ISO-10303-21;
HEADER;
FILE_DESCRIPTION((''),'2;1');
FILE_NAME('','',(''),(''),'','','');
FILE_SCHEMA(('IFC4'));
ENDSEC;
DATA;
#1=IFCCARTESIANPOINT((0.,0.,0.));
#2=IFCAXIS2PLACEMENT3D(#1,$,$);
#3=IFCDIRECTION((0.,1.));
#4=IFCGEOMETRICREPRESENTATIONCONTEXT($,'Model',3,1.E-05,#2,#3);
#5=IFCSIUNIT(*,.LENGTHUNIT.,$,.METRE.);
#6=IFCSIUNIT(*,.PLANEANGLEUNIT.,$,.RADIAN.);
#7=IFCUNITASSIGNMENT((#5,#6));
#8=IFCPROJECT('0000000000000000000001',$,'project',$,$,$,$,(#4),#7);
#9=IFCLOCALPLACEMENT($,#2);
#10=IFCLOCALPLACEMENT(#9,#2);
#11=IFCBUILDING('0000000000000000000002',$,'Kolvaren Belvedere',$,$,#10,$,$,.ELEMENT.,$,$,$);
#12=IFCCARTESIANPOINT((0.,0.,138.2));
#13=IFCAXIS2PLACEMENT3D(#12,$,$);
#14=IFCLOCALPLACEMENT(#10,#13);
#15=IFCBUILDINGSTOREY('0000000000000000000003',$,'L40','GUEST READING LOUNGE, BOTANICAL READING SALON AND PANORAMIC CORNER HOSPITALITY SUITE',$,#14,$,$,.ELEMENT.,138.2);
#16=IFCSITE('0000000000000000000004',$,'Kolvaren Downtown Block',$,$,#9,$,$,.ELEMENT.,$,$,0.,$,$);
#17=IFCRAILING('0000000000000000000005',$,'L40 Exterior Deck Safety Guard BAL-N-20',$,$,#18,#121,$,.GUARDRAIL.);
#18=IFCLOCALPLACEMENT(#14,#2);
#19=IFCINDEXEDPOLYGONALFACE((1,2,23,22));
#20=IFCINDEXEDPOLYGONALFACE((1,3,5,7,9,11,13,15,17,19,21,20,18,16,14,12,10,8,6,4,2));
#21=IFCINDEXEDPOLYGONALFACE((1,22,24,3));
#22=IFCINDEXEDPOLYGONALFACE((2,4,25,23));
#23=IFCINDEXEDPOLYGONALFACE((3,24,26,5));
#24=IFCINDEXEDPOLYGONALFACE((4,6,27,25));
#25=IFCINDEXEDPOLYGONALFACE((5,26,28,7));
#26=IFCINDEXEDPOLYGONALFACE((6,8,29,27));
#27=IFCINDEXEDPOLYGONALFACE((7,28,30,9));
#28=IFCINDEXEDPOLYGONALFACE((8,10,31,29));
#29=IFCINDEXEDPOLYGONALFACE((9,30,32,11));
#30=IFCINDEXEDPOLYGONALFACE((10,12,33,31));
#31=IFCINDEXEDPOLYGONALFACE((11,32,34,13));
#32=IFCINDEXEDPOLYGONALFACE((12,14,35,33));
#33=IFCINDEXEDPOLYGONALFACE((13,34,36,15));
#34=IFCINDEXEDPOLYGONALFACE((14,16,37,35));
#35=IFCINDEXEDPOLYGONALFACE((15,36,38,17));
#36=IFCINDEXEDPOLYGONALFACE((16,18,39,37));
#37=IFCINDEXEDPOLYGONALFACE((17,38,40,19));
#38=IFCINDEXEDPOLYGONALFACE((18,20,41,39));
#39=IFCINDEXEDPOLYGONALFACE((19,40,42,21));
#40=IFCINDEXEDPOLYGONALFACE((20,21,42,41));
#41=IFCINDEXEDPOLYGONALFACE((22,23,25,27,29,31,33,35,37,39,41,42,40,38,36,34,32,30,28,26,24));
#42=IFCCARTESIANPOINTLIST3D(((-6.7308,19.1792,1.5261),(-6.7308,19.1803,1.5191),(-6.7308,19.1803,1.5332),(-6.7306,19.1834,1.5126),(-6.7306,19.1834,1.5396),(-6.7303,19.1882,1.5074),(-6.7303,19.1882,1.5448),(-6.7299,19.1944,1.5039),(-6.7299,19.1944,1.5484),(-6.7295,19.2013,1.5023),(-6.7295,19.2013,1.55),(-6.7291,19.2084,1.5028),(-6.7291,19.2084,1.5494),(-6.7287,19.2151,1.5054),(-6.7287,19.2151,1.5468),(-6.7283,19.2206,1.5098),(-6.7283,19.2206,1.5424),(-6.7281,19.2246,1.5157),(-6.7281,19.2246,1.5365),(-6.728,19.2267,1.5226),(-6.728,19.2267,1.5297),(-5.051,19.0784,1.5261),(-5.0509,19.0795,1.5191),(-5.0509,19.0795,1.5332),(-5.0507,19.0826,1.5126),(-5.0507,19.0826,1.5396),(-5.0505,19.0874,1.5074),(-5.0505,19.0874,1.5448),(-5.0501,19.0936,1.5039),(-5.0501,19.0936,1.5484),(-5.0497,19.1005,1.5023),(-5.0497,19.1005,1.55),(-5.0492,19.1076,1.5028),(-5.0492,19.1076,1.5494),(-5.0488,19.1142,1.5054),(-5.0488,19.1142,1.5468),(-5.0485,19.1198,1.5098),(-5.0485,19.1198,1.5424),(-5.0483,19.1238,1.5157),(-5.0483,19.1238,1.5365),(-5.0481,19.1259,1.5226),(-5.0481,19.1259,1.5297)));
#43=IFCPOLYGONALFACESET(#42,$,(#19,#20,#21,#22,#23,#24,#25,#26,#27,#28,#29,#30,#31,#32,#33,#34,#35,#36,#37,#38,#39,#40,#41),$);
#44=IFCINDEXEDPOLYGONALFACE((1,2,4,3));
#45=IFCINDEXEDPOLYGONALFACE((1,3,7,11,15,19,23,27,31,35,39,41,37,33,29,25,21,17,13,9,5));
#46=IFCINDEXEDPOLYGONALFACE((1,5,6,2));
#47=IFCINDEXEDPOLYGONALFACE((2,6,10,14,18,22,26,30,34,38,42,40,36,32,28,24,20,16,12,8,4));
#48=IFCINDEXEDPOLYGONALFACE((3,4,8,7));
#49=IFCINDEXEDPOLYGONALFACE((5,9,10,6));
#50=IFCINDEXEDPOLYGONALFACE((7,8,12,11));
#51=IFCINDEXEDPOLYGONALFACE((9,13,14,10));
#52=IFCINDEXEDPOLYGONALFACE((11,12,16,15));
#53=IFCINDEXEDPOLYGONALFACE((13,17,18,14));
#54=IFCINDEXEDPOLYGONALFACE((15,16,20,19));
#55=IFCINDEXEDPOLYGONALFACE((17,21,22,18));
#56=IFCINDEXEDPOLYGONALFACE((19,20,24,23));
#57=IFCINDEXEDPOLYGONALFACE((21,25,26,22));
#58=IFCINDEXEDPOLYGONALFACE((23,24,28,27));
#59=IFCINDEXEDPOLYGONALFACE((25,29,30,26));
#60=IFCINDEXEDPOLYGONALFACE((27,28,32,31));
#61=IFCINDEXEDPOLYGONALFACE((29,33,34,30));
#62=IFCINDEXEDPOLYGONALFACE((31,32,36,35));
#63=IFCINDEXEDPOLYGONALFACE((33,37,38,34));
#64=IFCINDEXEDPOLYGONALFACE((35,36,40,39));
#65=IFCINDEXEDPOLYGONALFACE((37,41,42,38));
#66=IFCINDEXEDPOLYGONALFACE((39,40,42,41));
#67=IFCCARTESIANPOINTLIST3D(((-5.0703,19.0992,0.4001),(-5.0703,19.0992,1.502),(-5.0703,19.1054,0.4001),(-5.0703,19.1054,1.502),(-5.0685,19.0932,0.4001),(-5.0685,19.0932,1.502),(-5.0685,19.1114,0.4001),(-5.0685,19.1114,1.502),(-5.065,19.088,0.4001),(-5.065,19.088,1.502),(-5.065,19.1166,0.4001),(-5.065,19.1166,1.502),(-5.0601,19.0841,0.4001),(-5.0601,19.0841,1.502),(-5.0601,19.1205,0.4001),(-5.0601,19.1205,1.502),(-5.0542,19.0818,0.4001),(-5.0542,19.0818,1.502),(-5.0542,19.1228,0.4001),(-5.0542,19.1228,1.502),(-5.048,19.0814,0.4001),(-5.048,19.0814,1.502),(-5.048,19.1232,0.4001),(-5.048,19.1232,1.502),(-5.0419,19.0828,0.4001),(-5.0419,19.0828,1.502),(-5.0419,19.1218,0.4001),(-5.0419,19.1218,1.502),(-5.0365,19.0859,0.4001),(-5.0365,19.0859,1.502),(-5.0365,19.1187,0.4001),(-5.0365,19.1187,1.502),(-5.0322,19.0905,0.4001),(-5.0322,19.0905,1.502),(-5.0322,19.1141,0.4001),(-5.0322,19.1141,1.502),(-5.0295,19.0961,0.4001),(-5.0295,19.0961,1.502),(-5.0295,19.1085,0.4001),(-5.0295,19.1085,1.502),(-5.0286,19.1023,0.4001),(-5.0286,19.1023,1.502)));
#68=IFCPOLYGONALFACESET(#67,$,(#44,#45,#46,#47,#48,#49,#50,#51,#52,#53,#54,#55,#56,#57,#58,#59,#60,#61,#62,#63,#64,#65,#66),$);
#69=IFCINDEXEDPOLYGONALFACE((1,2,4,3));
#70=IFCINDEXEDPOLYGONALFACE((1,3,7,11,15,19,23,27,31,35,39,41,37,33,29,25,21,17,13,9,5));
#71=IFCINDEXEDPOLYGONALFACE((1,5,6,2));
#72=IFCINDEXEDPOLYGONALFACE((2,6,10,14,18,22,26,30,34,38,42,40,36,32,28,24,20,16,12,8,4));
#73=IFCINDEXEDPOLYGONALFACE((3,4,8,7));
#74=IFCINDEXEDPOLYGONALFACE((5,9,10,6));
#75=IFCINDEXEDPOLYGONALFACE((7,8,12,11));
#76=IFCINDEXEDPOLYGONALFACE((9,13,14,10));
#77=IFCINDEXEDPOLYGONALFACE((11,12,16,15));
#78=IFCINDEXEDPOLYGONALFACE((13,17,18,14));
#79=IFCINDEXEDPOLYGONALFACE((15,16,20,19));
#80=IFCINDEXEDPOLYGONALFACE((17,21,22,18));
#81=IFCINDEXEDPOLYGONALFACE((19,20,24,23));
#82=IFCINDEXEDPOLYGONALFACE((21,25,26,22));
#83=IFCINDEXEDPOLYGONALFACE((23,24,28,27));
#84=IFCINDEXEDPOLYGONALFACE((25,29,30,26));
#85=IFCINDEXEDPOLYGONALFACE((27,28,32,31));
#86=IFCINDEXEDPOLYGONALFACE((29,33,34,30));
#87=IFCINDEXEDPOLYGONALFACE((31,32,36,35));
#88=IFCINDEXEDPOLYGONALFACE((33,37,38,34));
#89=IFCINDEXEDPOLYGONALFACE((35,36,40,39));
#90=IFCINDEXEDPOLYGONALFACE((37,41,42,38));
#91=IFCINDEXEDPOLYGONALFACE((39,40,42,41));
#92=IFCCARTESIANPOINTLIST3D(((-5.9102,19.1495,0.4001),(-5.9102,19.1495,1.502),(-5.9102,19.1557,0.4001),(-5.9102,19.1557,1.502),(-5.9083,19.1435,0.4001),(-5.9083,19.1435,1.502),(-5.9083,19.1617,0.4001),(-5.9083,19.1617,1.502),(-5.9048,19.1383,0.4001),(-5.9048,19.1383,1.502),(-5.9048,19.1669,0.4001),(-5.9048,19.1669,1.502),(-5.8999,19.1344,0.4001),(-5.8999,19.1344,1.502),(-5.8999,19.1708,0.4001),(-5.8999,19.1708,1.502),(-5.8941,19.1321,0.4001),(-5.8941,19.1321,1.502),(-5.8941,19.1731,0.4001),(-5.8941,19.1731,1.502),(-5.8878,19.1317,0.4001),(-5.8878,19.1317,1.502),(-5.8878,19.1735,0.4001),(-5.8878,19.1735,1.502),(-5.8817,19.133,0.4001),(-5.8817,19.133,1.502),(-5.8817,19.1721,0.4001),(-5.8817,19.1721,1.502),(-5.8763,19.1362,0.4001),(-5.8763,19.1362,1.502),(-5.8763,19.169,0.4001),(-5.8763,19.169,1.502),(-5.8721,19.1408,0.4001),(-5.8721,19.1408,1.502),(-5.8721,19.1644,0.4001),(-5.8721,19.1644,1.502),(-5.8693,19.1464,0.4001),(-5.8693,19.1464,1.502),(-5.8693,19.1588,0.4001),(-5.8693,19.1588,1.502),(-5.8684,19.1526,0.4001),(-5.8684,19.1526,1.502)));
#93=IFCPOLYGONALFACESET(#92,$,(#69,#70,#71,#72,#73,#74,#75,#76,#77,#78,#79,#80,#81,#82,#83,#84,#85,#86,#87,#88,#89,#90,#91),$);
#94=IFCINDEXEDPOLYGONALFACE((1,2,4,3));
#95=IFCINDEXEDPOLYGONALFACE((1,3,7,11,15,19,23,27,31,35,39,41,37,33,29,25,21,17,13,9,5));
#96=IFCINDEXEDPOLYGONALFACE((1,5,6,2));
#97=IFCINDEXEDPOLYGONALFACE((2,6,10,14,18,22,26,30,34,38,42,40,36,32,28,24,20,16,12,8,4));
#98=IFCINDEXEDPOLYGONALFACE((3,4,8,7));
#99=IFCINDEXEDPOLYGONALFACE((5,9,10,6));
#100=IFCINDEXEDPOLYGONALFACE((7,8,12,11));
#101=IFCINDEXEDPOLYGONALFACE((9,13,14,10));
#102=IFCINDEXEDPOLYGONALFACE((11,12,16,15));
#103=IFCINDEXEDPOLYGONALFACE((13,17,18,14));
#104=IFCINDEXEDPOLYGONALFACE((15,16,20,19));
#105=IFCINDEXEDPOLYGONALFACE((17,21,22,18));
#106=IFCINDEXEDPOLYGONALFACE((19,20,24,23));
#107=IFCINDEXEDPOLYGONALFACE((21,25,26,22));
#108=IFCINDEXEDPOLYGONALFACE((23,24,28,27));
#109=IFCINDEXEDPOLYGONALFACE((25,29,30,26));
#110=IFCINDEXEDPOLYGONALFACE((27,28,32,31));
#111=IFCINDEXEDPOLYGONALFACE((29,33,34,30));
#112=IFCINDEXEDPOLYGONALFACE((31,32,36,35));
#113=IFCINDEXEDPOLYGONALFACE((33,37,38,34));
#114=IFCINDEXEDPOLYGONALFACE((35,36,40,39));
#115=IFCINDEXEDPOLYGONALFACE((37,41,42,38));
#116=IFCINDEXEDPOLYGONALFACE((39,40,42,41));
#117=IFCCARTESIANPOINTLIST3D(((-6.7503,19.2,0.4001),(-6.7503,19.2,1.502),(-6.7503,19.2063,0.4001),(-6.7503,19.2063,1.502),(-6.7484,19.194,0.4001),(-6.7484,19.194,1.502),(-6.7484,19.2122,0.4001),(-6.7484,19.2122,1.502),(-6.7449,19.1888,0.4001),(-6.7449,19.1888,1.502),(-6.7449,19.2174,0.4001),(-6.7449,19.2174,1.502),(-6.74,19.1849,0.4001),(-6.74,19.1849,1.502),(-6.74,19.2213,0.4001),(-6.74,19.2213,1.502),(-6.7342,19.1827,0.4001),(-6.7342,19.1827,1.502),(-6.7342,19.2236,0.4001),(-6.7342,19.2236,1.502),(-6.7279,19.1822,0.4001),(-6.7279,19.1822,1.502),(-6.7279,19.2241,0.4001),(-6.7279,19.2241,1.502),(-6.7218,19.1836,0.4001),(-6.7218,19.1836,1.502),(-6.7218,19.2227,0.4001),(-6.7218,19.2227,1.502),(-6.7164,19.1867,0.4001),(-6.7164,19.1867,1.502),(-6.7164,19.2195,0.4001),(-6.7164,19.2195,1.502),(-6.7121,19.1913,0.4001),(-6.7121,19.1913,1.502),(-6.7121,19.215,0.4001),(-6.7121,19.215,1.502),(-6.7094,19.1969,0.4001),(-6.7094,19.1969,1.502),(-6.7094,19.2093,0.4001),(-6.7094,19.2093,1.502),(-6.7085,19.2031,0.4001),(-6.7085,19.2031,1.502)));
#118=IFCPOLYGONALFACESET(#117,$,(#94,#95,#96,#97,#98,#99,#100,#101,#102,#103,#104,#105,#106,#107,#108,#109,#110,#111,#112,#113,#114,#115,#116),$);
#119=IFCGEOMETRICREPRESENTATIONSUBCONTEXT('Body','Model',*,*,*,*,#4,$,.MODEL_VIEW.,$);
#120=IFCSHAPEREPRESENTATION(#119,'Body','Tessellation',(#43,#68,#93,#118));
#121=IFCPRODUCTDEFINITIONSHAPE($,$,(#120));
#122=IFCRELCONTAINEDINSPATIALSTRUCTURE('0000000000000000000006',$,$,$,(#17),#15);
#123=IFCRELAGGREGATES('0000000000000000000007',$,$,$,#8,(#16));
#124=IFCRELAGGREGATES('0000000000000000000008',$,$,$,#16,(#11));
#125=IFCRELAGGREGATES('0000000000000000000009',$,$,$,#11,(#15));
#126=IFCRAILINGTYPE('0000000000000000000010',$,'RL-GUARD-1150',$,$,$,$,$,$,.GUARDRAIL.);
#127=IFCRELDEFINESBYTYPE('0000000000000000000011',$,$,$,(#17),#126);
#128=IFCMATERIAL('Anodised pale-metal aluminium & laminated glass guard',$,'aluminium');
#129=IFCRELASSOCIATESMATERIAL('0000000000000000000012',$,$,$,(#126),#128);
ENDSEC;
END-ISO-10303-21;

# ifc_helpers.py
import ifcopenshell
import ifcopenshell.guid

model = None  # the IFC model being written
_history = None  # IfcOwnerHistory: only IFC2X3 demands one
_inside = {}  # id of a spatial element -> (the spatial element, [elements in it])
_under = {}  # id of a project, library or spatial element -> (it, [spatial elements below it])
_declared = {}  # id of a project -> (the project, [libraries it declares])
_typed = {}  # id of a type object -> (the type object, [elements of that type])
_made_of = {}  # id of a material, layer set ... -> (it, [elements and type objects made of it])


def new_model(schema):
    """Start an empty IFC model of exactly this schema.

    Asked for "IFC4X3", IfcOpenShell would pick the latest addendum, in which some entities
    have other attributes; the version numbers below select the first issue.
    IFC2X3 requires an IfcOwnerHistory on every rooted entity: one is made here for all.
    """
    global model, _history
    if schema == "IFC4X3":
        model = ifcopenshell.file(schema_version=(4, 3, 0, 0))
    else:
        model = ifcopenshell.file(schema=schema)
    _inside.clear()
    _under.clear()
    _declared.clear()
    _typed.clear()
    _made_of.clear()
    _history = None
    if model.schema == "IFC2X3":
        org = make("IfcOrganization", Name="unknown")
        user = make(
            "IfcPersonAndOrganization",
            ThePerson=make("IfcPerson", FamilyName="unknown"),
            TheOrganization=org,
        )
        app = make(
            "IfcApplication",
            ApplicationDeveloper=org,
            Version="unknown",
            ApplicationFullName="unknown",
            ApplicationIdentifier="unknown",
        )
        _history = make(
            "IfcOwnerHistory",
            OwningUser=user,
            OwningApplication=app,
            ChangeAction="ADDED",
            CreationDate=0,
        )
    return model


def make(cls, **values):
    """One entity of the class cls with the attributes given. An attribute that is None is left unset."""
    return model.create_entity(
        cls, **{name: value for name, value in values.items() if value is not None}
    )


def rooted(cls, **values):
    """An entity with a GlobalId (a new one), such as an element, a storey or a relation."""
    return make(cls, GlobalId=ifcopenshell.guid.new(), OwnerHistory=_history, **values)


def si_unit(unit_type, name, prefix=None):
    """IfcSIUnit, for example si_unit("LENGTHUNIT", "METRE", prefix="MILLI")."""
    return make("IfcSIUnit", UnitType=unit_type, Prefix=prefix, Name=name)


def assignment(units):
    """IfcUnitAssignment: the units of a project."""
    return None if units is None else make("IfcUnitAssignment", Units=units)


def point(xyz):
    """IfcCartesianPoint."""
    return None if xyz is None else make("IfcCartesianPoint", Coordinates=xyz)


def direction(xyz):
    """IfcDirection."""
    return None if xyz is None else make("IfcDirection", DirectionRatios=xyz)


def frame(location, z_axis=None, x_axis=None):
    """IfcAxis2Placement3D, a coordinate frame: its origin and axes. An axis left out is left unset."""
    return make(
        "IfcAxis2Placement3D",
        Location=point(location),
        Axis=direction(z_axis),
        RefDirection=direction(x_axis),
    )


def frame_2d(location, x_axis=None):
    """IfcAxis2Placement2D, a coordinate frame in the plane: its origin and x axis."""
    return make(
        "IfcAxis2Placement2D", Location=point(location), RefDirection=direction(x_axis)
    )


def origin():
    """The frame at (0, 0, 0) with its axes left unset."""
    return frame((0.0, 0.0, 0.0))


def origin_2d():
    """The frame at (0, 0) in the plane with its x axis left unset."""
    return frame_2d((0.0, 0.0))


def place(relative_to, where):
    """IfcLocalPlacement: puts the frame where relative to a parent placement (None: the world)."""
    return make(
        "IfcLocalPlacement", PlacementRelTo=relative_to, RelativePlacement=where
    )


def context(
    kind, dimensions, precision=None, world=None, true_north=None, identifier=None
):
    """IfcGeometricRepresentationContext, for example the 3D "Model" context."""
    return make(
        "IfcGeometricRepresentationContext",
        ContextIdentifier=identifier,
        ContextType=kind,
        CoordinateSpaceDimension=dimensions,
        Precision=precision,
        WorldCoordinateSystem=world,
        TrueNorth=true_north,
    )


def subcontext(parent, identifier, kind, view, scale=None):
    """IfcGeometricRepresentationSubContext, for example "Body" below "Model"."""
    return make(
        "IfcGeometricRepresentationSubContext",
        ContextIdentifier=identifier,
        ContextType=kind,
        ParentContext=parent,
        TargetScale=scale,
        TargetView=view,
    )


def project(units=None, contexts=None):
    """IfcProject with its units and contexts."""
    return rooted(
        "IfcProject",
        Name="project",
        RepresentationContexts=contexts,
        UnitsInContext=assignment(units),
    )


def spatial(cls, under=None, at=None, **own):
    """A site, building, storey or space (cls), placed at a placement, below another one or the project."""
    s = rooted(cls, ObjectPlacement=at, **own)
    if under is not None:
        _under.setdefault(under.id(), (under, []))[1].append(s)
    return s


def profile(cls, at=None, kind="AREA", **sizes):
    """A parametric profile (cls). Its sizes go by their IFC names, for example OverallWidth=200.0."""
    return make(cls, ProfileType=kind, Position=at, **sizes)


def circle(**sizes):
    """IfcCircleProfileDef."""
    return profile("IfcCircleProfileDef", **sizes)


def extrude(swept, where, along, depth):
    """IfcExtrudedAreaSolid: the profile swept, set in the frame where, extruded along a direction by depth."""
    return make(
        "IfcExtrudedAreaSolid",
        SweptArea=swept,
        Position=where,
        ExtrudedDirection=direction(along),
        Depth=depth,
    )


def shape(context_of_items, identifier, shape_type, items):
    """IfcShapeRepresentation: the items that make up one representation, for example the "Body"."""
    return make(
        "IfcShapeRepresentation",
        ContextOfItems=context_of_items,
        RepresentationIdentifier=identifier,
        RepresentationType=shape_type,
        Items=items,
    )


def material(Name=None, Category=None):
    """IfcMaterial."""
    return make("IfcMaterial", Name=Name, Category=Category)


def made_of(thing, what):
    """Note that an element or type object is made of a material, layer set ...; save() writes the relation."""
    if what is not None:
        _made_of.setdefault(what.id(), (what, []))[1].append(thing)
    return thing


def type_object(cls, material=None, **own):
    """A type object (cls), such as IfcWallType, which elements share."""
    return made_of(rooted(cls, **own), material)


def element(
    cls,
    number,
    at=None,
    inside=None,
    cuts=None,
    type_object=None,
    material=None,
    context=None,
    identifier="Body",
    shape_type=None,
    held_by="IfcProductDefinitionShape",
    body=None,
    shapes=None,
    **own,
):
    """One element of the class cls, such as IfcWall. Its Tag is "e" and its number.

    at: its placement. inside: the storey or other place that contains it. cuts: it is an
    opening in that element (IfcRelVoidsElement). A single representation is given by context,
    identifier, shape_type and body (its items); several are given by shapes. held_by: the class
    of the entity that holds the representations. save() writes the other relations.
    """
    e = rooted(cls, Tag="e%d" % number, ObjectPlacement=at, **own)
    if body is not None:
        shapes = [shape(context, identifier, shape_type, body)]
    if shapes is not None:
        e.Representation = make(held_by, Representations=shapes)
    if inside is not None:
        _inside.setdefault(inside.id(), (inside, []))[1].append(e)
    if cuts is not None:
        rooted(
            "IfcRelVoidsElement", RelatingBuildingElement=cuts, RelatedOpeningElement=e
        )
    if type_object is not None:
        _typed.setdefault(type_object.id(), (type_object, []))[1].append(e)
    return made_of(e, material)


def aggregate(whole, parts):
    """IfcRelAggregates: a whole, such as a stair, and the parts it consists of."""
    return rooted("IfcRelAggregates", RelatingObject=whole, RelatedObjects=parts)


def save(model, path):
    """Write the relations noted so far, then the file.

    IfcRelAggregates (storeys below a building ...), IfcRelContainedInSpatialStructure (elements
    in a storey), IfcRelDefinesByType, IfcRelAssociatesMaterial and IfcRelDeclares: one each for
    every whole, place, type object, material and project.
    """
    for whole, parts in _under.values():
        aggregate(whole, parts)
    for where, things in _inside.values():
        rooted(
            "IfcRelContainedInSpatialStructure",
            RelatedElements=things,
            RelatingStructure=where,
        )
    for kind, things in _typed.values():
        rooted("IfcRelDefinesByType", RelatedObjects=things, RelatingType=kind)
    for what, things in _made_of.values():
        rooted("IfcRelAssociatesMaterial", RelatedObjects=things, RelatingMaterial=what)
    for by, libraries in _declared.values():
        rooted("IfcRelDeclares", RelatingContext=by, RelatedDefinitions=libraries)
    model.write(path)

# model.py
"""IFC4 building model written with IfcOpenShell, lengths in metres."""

from ifc_helpers import new_model, si_unit, direction, frame, origin, origin_2d, place, context, subcontext, project, spatial, circle, extrude, material, type_object, element, save


model = new_model("IFC4")

# Units and contexts
model_context = context("Model", 3, precision=1e-05, world=origin(), true_north=direction((0.0, 1.0)))
body_context = subcontext(model_context, "Body", "Model", "MODEL_VIEW")
ifc_project = project(units=[si_unit("LENGTHUNIT", "METRE"), si_unit("PLANEANGLEUNIT", "RADIAN")], contexts=[model_context])

# Site, building, storey
site_placement = place(None, origin())
site = spatial("IfcSite", under=ifc_project, at=site_placement, Name="Kolvaren Downtown Block", CompositionType="ELEMENT", RefElevation=0.0)
building_placement = place(site_placement, origin())
building = spatial("IfcBuilding", under=site, at=building_placement, Name="Kolvaren Belvedere", CompositionType="ELEMENT")
storey_placement = place(building_placement, frame((0.0, 0.0, 138.2)))
storey = spatial("IfcBuildingStorey", under=building, at=storey_placement, Name="L40", Description="GUEST READING LOUNGE, BOTANICAL READING SALON AND PANORAMIC CORNER HOSPITALITY SUITE", CompositionType="ELEMENT", Elevation=138.2)

# Railing
ifc_material_1 = material(Name="Anodised pale-metal aluminium & laminated glass guard", Category="aluminium")
railing_type = type_object("IfcRailingType", Name="RL-GUARD-1150", PredefinedType="GUARDRAIL", material=ifc_material_1)
railing_1_placement = place(storey_placement, frame((-5.0496, 19.1023, 0.4001)))
element("IfcRailing", 1, at=railing_1_placement, inside=storey, type_object=railing_type, Name="L40 Exterior Deck Safety Guard BAL-N-20", PredefinedType="GUARDRAIL", context=body_context, shape_type="SweptSolid", body=[
    extrude(circle(Radius=0.0239, at=origin_2d()), frame((0.0, 0.0, 1.126), z_axis=(-0.998204, 0.059913, 0.0), x_axis=(-0.059913, -0.998204, 0.0)), (0.0, 0.0, 1.0), 1.6829),
    extrude(circle(Radius=0.021, at=origin_2d()), origin(), (0.0, 0.0, 1.0), 1.1018),
    extrude(circle(Radius=0.021, at=origin_2d()), frame((-0.8398, 0.0503, 0.0)), (0.0, 0.0, 1.0), 1.1018),
    extrude(circle(Radius=0.021, at=origin_2d()), frame((-1.6799, 0.1008, 0.0)), (0.0, 0.0, 1.0), 1.1018),
])

save(model, "model.ifc")
